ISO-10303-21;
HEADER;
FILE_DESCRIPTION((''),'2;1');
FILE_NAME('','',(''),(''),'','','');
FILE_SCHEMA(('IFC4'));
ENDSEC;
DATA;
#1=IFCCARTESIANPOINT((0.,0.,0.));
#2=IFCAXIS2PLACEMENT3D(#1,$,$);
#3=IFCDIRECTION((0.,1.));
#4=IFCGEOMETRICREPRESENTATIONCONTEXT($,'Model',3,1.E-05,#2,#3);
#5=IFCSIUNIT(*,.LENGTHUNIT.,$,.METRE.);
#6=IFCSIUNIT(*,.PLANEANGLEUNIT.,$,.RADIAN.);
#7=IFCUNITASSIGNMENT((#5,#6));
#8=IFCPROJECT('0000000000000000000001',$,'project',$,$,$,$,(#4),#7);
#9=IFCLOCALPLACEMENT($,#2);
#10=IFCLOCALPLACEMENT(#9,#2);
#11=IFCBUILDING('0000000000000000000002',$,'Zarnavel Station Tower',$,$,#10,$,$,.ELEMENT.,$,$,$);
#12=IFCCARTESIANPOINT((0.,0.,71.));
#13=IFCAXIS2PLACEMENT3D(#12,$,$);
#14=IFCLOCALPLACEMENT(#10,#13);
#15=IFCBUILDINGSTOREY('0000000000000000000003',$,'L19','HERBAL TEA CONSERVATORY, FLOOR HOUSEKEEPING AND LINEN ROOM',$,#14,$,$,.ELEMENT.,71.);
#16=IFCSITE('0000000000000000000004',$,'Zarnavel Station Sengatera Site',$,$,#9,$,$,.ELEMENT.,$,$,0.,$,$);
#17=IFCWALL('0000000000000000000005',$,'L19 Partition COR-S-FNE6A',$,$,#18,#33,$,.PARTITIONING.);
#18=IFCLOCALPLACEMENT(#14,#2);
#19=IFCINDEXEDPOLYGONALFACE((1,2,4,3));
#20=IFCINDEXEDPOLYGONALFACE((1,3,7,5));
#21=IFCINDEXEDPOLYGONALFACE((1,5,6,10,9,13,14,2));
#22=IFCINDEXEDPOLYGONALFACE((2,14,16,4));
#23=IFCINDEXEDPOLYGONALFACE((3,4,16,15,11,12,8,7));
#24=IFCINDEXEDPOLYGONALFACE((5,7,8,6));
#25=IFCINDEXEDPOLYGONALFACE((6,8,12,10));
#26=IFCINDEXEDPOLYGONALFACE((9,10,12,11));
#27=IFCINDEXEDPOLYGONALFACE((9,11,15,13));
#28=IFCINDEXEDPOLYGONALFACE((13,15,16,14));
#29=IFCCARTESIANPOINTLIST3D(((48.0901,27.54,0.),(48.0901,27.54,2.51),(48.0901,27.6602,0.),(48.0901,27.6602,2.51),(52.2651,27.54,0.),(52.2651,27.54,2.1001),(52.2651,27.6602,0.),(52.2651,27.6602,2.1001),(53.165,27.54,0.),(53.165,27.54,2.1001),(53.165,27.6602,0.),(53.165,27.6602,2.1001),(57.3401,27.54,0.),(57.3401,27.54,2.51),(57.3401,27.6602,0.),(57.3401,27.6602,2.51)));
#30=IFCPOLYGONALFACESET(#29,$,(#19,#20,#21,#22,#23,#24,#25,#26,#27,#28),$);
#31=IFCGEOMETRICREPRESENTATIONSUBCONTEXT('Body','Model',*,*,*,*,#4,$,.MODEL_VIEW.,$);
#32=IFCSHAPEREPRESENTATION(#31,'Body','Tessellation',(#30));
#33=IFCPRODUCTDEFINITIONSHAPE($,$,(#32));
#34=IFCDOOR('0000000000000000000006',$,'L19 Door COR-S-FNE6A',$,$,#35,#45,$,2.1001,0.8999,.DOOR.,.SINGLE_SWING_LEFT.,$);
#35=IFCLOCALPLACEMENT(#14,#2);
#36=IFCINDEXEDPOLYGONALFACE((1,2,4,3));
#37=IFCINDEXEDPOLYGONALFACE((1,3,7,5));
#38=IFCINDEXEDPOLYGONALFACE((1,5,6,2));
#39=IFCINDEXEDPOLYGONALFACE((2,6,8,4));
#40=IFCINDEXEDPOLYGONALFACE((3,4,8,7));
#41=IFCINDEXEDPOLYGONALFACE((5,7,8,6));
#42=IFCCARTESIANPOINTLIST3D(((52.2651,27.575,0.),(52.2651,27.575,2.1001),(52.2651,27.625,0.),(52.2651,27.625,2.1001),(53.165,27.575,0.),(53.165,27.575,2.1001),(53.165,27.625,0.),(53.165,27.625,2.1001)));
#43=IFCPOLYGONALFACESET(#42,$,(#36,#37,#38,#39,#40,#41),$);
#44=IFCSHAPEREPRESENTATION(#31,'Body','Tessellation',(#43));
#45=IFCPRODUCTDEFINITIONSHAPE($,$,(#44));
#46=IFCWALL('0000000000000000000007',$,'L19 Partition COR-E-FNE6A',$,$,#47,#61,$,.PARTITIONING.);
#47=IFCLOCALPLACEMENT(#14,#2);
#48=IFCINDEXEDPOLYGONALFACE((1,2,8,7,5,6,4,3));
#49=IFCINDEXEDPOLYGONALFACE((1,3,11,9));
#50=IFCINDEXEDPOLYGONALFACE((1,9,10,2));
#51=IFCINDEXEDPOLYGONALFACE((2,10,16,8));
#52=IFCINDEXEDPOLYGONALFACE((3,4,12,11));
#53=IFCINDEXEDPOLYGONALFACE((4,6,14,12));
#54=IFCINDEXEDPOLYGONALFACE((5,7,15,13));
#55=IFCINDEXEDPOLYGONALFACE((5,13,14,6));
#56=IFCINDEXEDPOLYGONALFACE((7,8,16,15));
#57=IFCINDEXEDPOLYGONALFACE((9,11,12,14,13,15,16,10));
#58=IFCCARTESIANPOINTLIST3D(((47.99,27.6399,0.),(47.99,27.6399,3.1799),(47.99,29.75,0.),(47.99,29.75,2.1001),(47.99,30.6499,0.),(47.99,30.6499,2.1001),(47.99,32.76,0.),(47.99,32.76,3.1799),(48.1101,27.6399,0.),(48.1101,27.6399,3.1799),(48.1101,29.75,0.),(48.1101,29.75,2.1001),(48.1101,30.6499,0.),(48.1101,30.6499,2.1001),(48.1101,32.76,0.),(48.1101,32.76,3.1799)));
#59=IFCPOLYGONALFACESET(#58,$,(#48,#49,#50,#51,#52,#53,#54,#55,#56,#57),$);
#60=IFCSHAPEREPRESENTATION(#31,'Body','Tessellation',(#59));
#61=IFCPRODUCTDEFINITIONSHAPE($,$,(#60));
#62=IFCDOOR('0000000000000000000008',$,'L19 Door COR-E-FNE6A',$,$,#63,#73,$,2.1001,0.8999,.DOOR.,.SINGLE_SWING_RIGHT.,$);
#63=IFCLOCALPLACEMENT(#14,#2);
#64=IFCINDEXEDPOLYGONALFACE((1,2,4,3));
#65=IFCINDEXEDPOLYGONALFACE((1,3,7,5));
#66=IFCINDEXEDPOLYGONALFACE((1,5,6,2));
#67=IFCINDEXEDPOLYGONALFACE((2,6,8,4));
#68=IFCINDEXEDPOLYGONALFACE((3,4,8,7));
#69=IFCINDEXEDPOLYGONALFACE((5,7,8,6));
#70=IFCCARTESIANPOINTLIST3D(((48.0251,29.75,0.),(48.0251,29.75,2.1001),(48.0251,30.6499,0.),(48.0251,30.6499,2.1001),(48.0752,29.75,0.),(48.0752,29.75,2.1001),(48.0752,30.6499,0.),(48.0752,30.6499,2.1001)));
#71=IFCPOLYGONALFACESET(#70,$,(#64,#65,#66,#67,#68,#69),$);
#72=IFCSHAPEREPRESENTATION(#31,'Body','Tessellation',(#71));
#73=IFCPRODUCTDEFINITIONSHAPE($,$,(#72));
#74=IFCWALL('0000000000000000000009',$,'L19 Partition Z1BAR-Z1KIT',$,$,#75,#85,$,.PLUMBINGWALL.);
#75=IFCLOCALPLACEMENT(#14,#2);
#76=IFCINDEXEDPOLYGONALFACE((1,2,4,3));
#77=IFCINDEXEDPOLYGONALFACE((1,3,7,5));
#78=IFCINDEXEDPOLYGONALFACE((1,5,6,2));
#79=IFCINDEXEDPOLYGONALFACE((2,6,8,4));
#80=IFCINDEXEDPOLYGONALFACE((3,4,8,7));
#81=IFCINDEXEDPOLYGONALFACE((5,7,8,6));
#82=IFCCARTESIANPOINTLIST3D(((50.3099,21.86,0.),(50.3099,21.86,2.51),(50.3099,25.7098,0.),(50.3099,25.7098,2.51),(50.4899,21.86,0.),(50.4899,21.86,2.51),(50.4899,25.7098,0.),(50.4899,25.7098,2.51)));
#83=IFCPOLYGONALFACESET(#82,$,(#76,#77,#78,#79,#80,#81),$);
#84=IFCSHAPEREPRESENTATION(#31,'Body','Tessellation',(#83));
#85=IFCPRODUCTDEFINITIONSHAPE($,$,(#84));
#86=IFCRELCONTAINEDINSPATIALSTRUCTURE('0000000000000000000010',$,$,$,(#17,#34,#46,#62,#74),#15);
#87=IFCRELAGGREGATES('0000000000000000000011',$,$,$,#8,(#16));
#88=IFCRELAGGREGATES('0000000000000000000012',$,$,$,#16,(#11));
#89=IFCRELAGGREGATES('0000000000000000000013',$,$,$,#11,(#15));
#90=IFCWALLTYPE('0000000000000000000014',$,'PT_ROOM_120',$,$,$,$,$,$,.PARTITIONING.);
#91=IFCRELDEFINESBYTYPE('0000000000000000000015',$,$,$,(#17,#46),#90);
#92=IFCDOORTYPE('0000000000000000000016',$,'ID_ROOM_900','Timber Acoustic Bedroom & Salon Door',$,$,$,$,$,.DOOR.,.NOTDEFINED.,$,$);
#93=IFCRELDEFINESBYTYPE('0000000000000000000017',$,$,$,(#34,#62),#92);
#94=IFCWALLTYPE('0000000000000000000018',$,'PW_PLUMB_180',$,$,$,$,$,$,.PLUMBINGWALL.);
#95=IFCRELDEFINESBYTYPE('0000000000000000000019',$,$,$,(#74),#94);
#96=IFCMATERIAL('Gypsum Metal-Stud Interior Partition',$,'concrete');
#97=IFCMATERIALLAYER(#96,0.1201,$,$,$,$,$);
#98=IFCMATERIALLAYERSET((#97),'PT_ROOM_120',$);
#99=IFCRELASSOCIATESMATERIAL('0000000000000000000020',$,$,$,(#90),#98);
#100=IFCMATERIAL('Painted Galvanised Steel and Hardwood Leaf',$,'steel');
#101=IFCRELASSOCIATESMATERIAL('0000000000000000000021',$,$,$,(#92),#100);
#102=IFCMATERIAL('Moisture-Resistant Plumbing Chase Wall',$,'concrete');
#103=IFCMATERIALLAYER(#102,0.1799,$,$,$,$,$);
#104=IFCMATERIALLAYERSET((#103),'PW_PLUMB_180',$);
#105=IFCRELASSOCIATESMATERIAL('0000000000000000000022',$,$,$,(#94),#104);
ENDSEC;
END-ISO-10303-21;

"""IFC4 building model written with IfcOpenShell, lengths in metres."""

from ifc_helpers import new_model, si_unit, direction, frame, frame_2d, origin, place, context, subcontext, project, spatial, rectangle, extrude, material, layer, layer_set, type_object, element, fill, save


model = new_model("IFC4")

# Units and contexts
model_context = context("Model", 3, precision=1e-05, world=origin(), true_north=direction((0.0, 1.0)))
body_context = subcontext(model_context, "Body", "Model", "MODEL_VIEW")
ifc_project = project(units=[si_unit("LENGTHUNIT", "METRE"), si_unit("PLANEANGLEUNIT", "RADIAN")], contexts=[model_context])

# Site, building, storey
site_placement = place(None, origin())
site = spatial("IfcSite", under=ifc_project, at=site_placement, Name="Zarnavel Station Sengatera Site", CompositionType="ELEMENT", RefElevation=0.0)
building_placement = place(site_placement, origin())
building = spatial("IfcBuilding", under=site, at=building_placement, Name="Zarnavel Station Tower", CompositionType="ELEMENT")
storey_placement = place(building_placement, frame((0.0, 0.0, 71.0)))
storey = spatial("IfcBuildingStorey", under=building, at=storey_placement, Name="L19", Description="HERBAL TEA CONSERVATORY, FLOOR HOUSEKEEPING AND LINEN ROOM", CompositionType="ELEMENT", Elevation=71.0)

# Walls, openings, doors
ifc_material_1 = material(Name="Gypsum Metal-Stud Interior Partition", Category="concrete")
ifc_layer_1 = layer(ifc_material_1, 0.1201)
ifc_layer_set_1 = layer_set([ifc_layer_1], Name="PT_ROOM_120")
wall_type_1 = type_object("IfcWallType", Name="PT_ROOM_120", PredefinedType="PARTITIONING", material=ifc_layer_set_1)
wall_1_placement = place(storey_placement, frame((48.0901, 27.6001, 0.0), z_axis=(0.0, 0.0, 1.0), x_axis=(1.0, 0.0, 0.0)))
wall_1 = element("IfcWall", 1, at=wall_1_placement, inside=storey, type_object=wall_type_1, Name="L19 Partition COR-S-FNE6A", PredefinedType="PARTITIONING", context=body_context, shape_type="SweptSolid", body=[
    extrude(rectangle(XDim=9.25, YDim=0.1201, at=frame_2d((4.625, 0.0))), origin(), (0.0, 0.0, 1.0), 2.51),
])
opening_1_placement = place(wall_1_placement, frame((4.175, 0.0, 0.0)))
opening_1 = element("IfcOpeningElement", 2, at=opening_1_placement, cuts=wall_1, PredefinedType="OPENING", context=body_context, shape_type="SweptSolid", body=[
    extrude(rectangle(XDim=0.8999, YDim=2.1001, at=frame_2d((0.45, 1.05))), frame((0.0, 0.0701, 0.0), z_axis=(0.0, -1.0, 0.0), x_axis=(1.0, 0.0, 0.0)), (0.0, 0.0, 1.0), 0.1401),
])
ifc_material_2 = material(Name="Painted Galvanised Steel and Hardwood Leaf", Category="steel")
door_type_1 = type_object("IfcDoorType", Name="ID_ROOM_900", Description="Timber Acoustic Bedroom & Salon Door", OperationType="NOTDEFINED", PredefinedType="DOOR", material=ifc_material_2)
door_1_placement = place(opening_1_placement, origin())
door_1 = element("IfcDoor", 3, at=door_1_placement, inside=storey, type_object=door_type_1, Name="L19 Door COR-S-FNE6A", OperationType="SINGLE_SWING_LEFT", OverallHeight=2.1001, OverallWidth=0.8999, PredefinedType="DOOR", context=body_context, shape_type="SweptSolid", body=[
    extrude(rectangle(XDim=0.8999, YDim=2.1001, at=frame_2d((0.45, 1.05))), frame((0.0, 0.0249, 0.0), z_axis=(0.0, -1.0, 0.0), x_axis=(1.0, 0.0, 0.0)), (0.0, 0.0, 1.0), 0.05),
])
fill(opening_1, door_1)
wall_2_placement = place(storey_placement, frame((48.05, 27.6399, 0.0), z_axis=(0.0, 0.0, 1.0), x_axis=(0.0, 1.0, 0.0)))
wall_2 = element("IfcWall", 4, at=wall_2_placement, inside=storey, type_object=wall_type_1, Name="L19 Partition COR-E-FNE6A", PredefinedType="PARTITIONING", context=body_context, shape_type="SweptSolid", body=[
    extrude(rectangle(XDim=5.1201, YDim=0.1201, at=frame_2d((2.5601, 0.0))), origin(), (0.0, 0.0, 1.0), 3.1799),
])
opening_2_placement = place(wall_2_placement, frame((2.1101, 0.0, 0.0)))
opening_2 = element("IfcOpeningElement", 5, at=opening_2_placement, cuts=wall_2, PredefinedType="OPENING", context=body_context, shape_type="SweptSolid", body=[
    extrude(rectangle(XDim=0.8999, YDim=2.1001, at=frame_2d((0.45, 1.05))), frame((0.0, 0.0701, 0.0), z_axis=(0.0, -1.0, 0.0), x_axis=(1.0, 0.0, 0.0)), (0.0, 0.0, 1.0), 0.1401),
])
door_2_placement = place(opening_2_placement, origin())
door_2 = element("IfcDoor", 6, at=door_2_placement, inside=storey, type_object=door_type_1, Name="L19 Door COR-E-FNE6A", OperationType="SINGLE_SWING_RIGHT", OverallHeight=2.1001, OverallWidth=0.8999, PredefinedType="DOOR", context=body_context, shape_type="SweptSolid", body=[
    extrude(rectangle(XDim=0.8999, YDim=2.1001, at=frame_2d((0.45, 1.05))), frame((0.0, 0.0249, 0.0), z_axis=(0.0, -1.0, 0.0), x_axis=(1.0, 0.0, 0.0)), (0.0, 0.0, 1.0), 0.05),
])
fill(opening_2, door_2)
ifc_material_3 = material(Name="Moisture-Resistant Plumbing Chase Wall", Category="concrete")
ifc_layer_2 = layer(ifc_material_3, 0.1799)
ifc_layer_set_2 = layer_set([ifc_layer_2], Name="PW_PLUMB_180")
wall_type_2 = type_object("IfcWallType", Name="PW_PLUMB_180", PredefinedType="PLUMBINGWALL", material=ifc_layer_set_2)

# Wall
wall_3_placement = place(storey_placement, frame((50.3999, 21.8601, 0.0), z_axis=(0.0, 0.0, 1.0), x_axis=(0.0, 1.0, 0.0)))
element("IfcWall", 7, at=wall_3_placement, inside=storey, type_object=wall_type_2, Name="L19 Partition Z1BAR-Z1KIT", PredefinedType="PLUMBINGWALL", context=body_context, shape_type="SweptSolid", body=[
    extrude(rectangle(XDim=3.8499, YDim=0.1799, at=frame_2d((1.9248, 0.0))), origin(), (0.0, 0.0, 1.0), 2.51),
])

save(model, "model.ifc")
